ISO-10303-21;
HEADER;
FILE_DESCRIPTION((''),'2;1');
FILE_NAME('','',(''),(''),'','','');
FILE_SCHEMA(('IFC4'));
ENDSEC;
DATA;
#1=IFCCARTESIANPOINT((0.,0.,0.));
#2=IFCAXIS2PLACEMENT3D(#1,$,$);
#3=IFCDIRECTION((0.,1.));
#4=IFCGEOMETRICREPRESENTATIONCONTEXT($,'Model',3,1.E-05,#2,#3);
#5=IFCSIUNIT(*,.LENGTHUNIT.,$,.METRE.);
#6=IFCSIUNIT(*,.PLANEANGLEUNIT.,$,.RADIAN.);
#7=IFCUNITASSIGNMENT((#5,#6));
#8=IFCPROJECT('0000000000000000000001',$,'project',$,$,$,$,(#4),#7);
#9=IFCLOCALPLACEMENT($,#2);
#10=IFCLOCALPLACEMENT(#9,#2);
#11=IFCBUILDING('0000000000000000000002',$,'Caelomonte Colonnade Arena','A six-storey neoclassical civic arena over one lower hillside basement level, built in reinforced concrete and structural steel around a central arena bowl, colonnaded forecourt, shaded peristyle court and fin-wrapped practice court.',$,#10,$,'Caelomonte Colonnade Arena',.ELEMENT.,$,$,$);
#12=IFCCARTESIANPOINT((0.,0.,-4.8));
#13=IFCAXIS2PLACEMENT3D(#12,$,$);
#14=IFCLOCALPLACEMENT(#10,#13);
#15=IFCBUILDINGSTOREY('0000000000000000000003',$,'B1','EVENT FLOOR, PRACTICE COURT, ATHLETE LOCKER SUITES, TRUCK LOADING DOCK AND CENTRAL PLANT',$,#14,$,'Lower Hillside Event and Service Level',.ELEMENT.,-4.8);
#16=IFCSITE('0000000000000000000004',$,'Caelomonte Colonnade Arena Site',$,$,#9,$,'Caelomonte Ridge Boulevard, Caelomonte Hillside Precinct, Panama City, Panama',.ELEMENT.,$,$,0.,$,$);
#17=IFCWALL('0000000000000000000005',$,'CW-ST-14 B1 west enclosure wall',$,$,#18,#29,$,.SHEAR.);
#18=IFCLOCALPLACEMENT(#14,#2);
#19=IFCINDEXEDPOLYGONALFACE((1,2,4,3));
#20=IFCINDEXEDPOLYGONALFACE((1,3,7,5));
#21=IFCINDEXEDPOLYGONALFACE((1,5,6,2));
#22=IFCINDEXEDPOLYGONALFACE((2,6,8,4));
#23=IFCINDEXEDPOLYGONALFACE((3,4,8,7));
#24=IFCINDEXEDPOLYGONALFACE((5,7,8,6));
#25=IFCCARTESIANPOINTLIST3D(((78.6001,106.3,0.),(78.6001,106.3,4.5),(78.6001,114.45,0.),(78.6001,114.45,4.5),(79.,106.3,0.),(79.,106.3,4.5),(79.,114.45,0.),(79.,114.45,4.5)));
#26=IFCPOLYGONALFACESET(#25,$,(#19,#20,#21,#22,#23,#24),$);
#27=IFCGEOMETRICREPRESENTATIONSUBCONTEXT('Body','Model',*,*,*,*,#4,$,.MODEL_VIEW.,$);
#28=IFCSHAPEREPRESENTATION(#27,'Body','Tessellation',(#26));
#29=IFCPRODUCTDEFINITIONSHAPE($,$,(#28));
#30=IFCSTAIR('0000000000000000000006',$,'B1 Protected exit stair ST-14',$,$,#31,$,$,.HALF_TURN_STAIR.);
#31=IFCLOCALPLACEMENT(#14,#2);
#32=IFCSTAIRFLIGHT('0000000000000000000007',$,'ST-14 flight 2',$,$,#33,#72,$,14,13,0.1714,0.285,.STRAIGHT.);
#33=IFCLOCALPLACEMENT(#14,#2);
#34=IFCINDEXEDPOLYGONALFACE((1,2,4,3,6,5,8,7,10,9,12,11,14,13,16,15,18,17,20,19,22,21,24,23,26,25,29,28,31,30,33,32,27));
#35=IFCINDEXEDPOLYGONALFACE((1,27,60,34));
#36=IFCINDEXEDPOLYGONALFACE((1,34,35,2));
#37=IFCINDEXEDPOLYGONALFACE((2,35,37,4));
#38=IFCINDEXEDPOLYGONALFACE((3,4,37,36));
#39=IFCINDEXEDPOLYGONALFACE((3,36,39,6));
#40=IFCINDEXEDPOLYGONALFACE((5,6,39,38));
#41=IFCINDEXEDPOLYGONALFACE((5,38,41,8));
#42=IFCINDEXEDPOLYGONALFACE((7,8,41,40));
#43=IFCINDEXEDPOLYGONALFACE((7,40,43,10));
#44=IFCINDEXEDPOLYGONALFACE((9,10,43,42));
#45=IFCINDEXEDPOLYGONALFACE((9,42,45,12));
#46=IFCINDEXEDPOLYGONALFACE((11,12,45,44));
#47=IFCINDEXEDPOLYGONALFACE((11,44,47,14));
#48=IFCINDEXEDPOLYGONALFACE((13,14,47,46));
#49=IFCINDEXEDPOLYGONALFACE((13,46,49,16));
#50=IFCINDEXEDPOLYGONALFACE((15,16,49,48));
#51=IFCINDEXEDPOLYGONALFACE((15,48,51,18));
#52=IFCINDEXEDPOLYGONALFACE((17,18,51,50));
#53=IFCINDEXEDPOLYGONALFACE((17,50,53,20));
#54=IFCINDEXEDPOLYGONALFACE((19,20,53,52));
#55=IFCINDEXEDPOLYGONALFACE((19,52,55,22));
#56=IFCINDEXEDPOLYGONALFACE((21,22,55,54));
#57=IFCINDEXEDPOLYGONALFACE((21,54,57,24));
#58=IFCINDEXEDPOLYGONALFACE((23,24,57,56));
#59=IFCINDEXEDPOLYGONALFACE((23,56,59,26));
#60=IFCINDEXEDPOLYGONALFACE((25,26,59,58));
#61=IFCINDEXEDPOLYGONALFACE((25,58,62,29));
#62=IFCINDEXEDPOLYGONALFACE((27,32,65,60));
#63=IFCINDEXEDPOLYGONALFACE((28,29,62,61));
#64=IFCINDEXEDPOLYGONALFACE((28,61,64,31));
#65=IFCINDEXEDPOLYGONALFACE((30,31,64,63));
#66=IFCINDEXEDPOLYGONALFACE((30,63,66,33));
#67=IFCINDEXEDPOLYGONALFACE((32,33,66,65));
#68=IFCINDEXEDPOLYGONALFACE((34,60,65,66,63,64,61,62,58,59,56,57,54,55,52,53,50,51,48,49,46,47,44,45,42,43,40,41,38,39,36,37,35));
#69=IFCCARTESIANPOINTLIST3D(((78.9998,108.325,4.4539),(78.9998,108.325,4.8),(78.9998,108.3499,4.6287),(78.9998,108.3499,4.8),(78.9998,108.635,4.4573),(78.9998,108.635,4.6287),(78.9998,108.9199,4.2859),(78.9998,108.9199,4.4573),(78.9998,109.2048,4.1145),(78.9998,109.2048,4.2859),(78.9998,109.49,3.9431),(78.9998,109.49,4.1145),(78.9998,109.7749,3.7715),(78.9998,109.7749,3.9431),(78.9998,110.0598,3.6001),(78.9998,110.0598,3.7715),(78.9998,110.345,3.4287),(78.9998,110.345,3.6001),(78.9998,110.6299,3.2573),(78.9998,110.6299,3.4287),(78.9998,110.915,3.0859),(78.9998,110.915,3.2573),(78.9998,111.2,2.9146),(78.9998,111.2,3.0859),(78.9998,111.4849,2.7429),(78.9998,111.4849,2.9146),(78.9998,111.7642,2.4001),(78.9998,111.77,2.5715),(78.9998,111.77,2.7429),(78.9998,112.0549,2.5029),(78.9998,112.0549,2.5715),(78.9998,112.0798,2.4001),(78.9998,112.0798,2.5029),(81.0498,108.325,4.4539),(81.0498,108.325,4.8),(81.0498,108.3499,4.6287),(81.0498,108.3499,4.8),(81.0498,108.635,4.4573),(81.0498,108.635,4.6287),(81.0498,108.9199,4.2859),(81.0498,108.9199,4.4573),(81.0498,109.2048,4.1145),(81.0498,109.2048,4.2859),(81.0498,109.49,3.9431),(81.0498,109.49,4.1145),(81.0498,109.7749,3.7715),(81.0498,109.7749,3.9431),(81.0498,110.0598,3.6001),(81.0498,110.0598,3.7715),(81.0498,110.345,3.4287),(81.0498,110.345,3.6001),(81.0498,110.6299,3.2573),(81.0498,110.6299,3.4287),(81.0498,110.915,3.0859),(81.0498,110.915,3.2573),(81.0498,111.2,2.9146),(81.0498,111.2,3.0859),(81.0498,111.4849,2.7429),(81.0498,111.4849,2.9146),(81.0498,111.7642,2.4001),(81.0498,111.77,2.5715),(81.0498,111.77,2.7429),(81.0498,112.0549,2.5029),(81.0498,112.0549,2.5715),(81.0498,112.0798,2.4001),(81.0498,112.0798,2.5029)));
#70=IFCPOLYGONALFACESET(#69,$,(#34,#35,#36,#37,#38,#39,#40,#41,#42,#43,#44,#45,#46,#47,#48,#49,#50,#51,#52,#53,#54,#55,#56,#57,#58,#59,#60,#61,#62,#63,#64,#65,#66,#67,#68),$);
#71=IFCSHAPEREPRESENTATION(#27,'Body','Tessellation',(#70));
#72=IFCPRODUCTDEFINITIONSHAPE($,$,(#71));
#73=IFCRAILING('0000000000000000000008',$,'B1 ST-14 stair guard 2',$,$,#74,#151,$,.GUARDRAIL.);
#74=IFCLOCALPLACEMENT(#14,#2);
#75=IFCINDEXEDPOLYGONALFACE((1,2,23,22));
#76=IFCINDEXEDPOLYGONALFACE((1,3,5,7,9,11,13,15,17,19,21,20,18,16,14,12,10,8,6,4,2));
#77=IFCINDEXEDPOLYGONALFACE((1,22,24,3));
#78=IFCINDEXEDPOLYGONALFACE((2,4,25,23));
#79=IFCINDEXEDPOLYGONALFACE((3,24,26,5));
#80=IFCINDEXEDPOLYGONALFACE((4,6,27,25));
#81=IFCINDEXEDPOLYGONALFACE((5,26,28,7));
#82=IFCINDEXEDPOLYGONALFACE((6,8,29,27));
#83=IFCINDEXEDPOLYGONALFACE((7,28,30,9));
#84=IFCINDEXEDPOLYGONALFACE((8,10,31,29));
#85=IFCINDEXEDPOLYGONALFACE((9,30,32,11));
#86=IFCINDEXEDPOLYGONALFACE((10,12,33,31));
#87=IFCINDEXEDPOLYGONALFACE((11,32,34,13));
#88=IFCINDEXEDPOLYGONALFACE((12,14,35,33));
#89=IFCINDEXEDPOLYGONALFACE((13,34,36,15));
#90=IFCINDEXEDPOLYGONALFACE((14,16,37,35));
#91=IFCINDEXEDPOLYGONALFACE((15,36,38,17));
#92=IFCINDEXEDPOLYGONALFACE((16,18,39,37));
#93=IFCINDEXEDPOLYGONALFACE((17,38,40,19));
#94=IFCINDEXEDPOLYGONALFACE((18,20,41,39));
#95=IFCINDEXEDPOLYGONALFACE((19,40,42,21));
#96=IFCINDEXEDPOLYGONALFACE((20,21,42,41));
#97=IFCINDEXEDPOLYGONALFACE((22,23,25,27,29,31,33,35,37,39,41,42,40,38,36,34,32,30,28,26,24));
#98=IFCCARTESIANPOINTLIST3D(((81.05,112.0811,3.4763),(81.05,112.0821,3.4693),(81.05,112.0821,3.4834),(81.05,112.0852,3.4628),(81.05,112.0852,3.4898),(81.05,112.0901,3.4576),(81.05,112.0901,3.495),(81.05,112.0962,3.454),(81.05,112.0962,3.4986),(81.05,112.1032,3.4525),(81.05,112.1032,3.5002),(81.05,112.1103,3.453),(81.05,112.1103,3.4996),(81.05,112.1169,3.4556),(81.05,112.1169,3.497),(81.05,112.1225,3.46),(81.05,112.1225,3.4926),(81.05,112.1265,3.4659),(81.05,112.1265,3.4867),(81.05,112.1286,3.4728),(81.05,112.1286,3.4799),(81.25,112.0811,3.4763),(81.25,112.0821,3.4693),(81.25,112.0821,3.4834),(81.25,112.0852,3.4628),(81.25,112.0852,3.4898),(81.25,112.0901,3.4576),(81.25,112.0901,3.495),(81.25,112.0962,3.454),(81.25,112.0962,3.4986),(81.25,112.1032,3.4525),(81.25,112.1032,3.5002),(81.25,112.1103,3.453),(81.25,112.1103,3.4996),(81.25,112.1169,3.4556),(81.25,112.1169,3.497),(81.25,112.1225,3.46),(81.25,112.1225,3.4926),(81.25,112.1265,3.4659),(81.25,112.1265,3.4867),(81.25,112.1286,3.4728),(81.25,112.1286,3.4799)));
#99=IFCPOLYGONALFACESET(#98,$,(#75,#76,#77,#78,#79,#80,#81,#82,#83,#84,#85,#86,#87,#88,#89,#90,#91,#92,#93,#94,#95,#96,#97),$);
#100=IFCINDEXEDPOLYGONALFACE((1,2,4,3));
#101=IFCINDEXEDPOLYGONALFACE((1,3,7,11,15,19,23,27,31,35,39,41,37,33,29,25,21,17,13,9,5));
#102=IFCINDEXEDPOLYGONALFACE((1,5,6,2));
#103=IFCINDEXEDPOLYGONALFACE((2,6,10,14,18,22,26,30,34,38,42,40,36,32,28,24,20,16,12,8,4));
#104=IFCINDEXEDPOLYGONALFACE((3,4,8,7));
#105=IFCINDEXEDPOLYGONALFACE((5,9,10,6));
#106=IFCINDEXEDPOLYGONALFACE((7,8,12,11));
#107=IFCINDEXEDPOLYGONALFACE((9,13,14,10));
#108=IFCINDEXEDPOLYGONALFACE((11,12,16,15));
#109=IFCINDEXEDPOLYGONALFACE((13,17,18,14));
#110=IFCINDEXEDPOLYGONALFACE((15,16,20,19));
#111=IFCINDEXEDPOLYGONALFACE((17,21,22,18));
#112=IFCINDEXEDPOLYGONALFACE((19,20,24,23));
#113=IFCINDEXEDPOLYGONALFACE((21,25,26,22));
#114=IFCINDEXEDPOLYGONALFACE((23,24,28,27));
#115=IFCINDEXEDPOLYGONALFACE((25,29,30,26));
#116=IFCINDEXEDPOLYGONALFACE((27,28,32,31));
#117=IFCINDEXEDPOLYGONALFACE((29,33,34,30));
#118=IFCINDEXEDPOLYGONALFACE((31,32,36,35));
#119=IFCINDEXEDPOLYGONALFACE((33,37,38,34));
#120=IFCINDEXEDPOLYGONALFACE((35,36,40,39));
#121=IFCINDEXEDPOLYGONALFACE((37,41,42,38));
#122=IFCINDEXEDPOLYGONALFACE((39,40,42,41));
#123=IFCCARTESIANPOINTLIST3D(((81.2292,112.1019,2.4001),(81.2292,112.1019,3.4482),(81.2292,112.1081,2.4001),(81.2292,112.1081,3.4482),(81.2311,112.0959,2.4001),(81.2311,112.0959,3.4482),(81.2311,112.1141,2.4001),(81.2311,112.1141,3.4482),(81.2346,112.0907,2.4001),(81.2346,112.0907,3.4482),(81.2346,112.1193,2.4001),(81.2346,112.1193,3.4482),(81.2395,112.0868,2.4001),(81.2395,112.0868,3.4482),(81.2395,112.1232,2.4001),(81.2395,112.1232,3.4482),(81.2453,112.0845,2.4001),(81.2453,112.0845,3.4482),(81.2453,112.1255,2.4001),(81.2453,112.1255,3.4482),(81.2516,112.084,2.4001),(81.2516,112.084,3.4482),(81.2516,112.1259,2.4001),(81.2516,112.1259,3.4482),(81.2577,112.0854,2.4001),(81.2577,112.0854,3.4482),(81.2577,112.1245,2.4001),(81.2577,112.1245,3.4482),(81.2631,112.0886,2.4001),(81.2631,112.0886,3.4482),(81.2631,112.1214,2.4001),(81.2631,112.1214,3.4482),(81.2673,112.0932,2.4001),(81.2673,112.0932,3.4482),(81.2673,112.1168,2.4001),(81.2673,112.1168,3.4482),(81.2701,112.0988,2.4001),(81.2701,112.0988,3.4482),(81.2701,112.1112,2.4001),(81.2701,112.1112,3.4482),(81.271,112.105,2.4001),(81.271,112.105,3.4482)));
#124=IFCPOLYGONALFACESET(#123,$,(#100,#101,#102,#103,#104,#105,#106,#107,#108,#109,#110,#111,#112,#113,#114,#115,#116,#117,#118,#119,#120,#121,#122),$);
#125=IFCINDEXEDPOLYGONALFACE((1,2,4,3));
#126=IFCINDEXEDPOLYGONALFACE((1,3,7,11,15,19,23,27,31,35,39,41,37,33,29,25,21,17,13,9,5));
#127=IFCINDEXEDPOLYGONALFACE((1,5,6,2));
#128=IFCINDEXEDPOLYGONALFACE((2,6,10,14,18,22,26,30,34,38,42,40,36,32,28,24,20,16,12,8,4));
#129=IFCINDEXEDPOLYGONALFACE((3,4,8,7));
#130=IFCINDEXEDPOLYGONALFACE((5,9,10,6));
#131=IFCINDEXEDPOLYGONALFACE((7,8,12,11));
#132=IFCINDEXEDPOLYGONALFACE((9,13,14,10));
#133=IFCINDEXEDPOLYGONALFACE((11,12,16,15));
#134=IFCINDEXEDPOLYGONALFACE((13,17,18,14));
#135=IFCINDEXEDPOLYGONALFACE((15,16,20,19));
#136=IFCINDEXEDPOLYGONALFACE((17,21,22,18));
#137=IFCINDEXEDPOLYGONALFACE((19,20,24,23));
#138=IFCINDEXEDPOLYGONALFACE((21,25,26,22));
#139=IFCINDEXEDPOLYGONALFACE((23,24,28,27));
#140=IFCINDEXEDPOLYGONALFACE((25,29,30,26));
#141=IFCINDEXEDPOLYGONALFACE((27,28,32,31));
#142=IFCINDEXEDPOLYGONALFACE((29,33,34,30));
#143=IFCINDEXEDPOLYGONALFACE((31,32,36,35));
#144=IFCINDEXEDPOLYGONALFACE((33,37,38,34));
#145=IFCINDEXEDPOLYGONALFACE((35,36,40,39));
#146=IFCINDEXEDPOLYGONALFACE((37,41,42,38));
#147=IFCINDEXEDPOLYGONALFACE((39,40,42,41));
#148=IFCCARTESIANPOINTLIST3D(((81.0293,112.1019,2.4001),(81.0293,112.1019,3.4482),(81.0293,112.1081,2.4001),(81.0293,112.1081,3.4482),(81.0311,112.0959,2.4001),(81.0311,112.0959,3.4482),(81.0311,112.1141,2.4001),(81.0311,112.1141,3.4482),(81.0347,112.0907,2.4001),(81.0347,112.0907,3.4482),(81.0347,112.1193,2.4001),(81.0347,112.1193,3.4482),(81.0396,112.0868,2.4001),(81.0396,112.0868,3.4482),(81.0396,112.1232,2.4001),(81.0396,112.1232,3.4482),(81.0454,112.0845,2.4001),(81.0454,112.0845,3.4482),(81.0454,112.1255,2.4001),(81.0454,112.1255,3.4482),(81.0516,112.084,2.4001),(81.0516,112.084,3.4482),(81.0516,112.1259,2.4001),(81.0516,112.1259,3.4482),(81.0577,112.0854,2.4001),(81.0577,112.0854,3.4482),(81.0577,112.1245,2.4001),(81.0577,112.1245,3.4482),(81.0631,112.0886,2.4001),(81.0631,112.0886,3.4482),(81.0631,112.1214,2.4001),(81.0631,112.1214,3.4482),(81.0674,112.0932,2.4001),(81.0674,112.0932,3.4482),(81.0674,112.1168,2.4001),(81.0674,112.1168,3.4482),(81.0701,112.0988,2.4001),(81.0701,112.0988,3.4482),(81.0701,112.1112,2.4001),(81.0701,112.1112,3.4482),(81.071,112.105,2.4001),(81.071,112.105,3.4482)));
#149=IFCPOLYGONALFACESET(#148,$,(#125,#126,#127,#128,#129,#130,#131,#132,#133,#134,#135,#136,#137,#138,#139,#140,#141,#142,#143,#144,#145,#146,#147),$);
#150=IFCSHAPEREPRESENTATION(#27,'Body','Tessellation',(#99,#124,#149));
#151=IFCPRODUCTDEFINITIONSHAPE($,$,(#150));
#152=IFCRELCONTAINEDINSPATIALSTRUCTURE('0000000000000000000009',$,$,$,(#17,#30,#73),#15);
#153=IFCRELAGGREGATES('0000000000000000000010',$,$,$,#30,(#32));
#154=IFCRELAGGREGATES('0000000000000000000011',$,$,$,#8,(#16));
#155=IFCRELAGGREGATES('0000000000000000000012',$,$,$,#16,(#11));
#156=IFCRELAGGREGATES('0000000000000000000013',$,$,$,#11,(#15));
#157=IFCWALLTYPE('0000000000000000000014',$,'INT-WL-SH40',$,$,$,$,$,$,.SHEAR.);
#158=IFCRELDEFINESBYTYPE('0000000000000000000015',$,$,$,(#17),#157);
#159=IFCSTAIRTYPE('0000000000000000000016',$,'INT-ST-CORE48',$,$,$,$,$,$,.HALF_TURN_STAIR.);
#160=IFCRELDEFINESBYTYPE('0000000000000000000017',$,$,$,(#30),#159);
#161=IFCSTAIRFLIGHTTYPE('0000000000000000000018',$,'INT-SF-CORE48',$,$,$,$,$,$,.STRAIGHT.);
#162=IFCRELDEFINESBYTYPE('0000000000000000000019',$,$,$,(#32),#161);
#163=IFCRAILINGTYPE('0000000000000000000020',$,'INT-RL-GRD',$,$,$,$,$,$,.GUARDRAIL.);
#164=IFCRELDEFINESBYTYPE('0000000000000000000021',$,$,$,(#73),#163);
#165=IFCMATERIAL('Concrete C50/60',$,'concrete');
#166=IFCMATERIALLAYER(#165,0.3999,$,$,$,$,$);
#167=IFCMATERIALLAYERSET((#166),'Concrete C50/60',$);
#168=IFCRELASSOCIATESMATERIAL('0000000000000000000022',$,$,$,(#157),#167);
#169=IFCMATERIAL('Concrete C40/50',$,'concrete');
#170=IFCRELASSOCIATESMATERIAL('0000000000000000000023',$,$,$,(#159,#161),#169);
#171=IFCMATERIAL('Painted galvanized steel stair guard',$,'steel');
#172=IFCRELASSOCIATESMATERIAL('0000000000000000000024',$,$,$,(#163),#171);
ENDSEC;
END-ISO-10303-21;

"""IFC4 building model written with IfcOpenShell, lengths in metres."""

from ifc_helpers import new_model, si_unit, direction, frame, frame_2d, origin, origin_2d, place, context, subcontext, project, spatial, polyline, rectangle, circle, outline, extrude, material, layer, layer_set, type_object, element, aggregate, save


model = new_model("IFC4")

# Units and contexts
model_context = context("Model", 3, precision=1e-05, world=origin(), true_north=direction((0.0, 1.0)))
body_context = subcontext(model_context, "Body", "Model", "MODEL_VIEW")
ifc_project = project(units=[si_unit("LENGTHUNIT", "METRE"), si_unit("PLANEANGLEUNIT", "RADIAN")], contexts=[model_context])

# Site, building, storey
site_placement = place(None, origin())
site = spatial("IfcSite", under=ifc_project, at=site_placement, Name="Caelomonte Colonnade Arena Site", LongName="Caelomonte Ridge Boulevard, Caelomonte Hillside Precinct, Panama City, Panama", CompositionType="ELEMENT", RefElevation=0.0)
building_placement = place(site_placement, origin())
building = spatial("IfcBuilding", under=site, at=building_placement, Name="Caelomonte Colonnade Arena", Description="A six-storey neoclassical civic arena over one lower hillside basement level, built in reinforced concrete and structural steel around a central arena bowl, colonnaded forecourt, shaded peristyle court and fin-wrapped practice court.", LongName="Caelomonte Colonnade Arena", CompositionType="ELEMENT")
storey_placement = place(building_placement, frame((0.0, 0.0, -4.8)))
storey = spatial("IfcBuildingStorey", under=building, at=storey_placement, Name="B1", Description="EVENT FLOOR, PRACTICE COURT, ATHLETE LOCKER SUITES, TRUCK LOADING DOCK AND CENTRAL PLANT", LongName="Lower Hillside Event and Service Level", CompositionType="ELEMENT", Elevation=-4.8)

# Shared definitions
ifc_material_1 = material(Name="Concrete C40/50", Category="concrete")

# Shared definitions
ifc_material_2 = material(Name="Concrete C50/60", Category="concrete")
ifc_layer_1 = layer(ifc_material_2, 0.3999)
ifc_layer_set_1 = layer_set([ifc_layer_1], Name="Concrete C50/60")
wall_type_1 = type_object("IfcWallType", Name="INT-WL-SH40", PredefinedType="SHEAR", material=ifc_layer_set_1)

# Wall
wall_1_placement = place(storey_placement, frame((78.8, 114.45, 0.0), z_axis=(0.0, 0.0, 1.0), x_axis=(0.0, -1.0, 0.0)))
element("IfcWall", 1, at=wall_1_placement, inside=storey, type_object=wall_type_1, Name="CW-ST-14 B1 west enclosure wall", PredefinedType="SHEAR", context=body_context, shape_type="SweptSolid", body=[
    extrude(rectangle(XDim=8.1499, YDim=0.3999, at=frame_2d((4.075, 0.0))), origin(), (0.0, 0.0, 1.0), 4.5),
])

# Stair, stair flight
stair_type = type_object("IfcStairType", Name="INT-ST-CORE48", PredefinedType="HALF_TURN_STAIR", material=ifc_material_1)
stair_placement = place(storey_placement, origin())
stair = element("IfcStair", 2, at=stair_placement, inside=storey, type_object=stair_type, Name="B1 Protected exit stair ST-14", PredefinedType="HALF_TURN_STAIR")
stair_flight_type = type_object("IfcStairFlightType", Name="INT-SF-CORE48", PredefinedType="STRAIGHT", material=ifc_material_1)
stair_flight_placement = place(storey_placement, frame((80.0249, 112.0549, 2.4001), z_axis=(0.0, 0.0, 1.0), x_axis=(0.0, -1.0, 0.0)))
stair_flight = element("IfcStairFlight", 3, at=stair_flight_placement, type_object=stair_flight_type, Name="ST-14 flight 2", NumberOfRisers=14, NumberOfTreads=13, PredefinedType="STRAIGHT", RiserHeight=0.1714, TreadLength=0.285, context=body_context, shape_type="SweptSolid", body=[
    extrude(outline(polyline([(-0.0249, 0.0), (-0.0249, 0.1028), (0.0, 0.1028), (0.0, 0.1714), (0.2849, 0.1714), (0.2849, 0.3428), (0.5701, 0.3428), (0.5701, 0.5144), (0.855, 0.5144), (0.855, 0.6858), (1.1399, 0.6858), (1.1399, 0.8572), (1.425, 0.8572), (1.425, 1.0286), (1.71, 1.0286), (1.71, 1.2), (1.9951, 1.2), (1.9951, 1.3713), (2.28, 1.3713), (2.28, 1.543), (2.5649, 1.543), (2.5649, 1.7144), (2.8501, 1.7144), (2.8501, 1.8857), (3.135, 1.8857), (3.135, 2.0571), (3.4199, 2.0571), (3.4199, 2.2285), (3.7051, 2.2285), (3.7051, 2.3999), (3.73, 2.3999), (3.73, 2.0537), (0.2908, 0.0), (-0.0249, 0.0)])), frame((0.0, 1.0249, 0.0), z_axis=(0.0, -1.0, 0.0), x_axis=(1.0, 0.0, 0.0)), (0.0, 0.0, 1.0), 2.05),
])
aggregate(stair, [stair_flight])

# Railing
ifc_material_3 = material(Name="Painted galvanized steel stair guard", Category="steel")
railing_type_1 = type_object("IfcRailingType", Name="INT-RL-GRD", PredefinedType="GUARDRAIL", material=ifc_material_3)
railing_1_placement = place(storey_placement, frame((81.25, 112.105, 2.4001)))
element("IfcRailing", 4, at=railing_1_placement, inside=storey, type_object=railing_type_1, Name="B1 ST-14 stair guard 2", PredefinedType="GUARDRAIL", context=body_context, shape_type="SweptSolid", body=[
    extrude(circle(Radius=0.0239, at=origin_2d()), frame((0.0, 0.0, 1.0762), z_axis=(-1.0, 0.0, 0.0), x_axis=(0.0, -1.0, 0.0)), (0.0, 0.0, 1.0), 0.2),
    extrude(circle(Radius=0.021, at=origin_2d()), origin(), (0.0, 0.0, 1.0), 1.0481),
    extrude(circle(Radius=0.021, at=origin_2d()), frame((-0.2, 0.0, 0.0)), (0.0, 0.0, 1.0), 1.0481),
])

save(model, "model.ifc")
